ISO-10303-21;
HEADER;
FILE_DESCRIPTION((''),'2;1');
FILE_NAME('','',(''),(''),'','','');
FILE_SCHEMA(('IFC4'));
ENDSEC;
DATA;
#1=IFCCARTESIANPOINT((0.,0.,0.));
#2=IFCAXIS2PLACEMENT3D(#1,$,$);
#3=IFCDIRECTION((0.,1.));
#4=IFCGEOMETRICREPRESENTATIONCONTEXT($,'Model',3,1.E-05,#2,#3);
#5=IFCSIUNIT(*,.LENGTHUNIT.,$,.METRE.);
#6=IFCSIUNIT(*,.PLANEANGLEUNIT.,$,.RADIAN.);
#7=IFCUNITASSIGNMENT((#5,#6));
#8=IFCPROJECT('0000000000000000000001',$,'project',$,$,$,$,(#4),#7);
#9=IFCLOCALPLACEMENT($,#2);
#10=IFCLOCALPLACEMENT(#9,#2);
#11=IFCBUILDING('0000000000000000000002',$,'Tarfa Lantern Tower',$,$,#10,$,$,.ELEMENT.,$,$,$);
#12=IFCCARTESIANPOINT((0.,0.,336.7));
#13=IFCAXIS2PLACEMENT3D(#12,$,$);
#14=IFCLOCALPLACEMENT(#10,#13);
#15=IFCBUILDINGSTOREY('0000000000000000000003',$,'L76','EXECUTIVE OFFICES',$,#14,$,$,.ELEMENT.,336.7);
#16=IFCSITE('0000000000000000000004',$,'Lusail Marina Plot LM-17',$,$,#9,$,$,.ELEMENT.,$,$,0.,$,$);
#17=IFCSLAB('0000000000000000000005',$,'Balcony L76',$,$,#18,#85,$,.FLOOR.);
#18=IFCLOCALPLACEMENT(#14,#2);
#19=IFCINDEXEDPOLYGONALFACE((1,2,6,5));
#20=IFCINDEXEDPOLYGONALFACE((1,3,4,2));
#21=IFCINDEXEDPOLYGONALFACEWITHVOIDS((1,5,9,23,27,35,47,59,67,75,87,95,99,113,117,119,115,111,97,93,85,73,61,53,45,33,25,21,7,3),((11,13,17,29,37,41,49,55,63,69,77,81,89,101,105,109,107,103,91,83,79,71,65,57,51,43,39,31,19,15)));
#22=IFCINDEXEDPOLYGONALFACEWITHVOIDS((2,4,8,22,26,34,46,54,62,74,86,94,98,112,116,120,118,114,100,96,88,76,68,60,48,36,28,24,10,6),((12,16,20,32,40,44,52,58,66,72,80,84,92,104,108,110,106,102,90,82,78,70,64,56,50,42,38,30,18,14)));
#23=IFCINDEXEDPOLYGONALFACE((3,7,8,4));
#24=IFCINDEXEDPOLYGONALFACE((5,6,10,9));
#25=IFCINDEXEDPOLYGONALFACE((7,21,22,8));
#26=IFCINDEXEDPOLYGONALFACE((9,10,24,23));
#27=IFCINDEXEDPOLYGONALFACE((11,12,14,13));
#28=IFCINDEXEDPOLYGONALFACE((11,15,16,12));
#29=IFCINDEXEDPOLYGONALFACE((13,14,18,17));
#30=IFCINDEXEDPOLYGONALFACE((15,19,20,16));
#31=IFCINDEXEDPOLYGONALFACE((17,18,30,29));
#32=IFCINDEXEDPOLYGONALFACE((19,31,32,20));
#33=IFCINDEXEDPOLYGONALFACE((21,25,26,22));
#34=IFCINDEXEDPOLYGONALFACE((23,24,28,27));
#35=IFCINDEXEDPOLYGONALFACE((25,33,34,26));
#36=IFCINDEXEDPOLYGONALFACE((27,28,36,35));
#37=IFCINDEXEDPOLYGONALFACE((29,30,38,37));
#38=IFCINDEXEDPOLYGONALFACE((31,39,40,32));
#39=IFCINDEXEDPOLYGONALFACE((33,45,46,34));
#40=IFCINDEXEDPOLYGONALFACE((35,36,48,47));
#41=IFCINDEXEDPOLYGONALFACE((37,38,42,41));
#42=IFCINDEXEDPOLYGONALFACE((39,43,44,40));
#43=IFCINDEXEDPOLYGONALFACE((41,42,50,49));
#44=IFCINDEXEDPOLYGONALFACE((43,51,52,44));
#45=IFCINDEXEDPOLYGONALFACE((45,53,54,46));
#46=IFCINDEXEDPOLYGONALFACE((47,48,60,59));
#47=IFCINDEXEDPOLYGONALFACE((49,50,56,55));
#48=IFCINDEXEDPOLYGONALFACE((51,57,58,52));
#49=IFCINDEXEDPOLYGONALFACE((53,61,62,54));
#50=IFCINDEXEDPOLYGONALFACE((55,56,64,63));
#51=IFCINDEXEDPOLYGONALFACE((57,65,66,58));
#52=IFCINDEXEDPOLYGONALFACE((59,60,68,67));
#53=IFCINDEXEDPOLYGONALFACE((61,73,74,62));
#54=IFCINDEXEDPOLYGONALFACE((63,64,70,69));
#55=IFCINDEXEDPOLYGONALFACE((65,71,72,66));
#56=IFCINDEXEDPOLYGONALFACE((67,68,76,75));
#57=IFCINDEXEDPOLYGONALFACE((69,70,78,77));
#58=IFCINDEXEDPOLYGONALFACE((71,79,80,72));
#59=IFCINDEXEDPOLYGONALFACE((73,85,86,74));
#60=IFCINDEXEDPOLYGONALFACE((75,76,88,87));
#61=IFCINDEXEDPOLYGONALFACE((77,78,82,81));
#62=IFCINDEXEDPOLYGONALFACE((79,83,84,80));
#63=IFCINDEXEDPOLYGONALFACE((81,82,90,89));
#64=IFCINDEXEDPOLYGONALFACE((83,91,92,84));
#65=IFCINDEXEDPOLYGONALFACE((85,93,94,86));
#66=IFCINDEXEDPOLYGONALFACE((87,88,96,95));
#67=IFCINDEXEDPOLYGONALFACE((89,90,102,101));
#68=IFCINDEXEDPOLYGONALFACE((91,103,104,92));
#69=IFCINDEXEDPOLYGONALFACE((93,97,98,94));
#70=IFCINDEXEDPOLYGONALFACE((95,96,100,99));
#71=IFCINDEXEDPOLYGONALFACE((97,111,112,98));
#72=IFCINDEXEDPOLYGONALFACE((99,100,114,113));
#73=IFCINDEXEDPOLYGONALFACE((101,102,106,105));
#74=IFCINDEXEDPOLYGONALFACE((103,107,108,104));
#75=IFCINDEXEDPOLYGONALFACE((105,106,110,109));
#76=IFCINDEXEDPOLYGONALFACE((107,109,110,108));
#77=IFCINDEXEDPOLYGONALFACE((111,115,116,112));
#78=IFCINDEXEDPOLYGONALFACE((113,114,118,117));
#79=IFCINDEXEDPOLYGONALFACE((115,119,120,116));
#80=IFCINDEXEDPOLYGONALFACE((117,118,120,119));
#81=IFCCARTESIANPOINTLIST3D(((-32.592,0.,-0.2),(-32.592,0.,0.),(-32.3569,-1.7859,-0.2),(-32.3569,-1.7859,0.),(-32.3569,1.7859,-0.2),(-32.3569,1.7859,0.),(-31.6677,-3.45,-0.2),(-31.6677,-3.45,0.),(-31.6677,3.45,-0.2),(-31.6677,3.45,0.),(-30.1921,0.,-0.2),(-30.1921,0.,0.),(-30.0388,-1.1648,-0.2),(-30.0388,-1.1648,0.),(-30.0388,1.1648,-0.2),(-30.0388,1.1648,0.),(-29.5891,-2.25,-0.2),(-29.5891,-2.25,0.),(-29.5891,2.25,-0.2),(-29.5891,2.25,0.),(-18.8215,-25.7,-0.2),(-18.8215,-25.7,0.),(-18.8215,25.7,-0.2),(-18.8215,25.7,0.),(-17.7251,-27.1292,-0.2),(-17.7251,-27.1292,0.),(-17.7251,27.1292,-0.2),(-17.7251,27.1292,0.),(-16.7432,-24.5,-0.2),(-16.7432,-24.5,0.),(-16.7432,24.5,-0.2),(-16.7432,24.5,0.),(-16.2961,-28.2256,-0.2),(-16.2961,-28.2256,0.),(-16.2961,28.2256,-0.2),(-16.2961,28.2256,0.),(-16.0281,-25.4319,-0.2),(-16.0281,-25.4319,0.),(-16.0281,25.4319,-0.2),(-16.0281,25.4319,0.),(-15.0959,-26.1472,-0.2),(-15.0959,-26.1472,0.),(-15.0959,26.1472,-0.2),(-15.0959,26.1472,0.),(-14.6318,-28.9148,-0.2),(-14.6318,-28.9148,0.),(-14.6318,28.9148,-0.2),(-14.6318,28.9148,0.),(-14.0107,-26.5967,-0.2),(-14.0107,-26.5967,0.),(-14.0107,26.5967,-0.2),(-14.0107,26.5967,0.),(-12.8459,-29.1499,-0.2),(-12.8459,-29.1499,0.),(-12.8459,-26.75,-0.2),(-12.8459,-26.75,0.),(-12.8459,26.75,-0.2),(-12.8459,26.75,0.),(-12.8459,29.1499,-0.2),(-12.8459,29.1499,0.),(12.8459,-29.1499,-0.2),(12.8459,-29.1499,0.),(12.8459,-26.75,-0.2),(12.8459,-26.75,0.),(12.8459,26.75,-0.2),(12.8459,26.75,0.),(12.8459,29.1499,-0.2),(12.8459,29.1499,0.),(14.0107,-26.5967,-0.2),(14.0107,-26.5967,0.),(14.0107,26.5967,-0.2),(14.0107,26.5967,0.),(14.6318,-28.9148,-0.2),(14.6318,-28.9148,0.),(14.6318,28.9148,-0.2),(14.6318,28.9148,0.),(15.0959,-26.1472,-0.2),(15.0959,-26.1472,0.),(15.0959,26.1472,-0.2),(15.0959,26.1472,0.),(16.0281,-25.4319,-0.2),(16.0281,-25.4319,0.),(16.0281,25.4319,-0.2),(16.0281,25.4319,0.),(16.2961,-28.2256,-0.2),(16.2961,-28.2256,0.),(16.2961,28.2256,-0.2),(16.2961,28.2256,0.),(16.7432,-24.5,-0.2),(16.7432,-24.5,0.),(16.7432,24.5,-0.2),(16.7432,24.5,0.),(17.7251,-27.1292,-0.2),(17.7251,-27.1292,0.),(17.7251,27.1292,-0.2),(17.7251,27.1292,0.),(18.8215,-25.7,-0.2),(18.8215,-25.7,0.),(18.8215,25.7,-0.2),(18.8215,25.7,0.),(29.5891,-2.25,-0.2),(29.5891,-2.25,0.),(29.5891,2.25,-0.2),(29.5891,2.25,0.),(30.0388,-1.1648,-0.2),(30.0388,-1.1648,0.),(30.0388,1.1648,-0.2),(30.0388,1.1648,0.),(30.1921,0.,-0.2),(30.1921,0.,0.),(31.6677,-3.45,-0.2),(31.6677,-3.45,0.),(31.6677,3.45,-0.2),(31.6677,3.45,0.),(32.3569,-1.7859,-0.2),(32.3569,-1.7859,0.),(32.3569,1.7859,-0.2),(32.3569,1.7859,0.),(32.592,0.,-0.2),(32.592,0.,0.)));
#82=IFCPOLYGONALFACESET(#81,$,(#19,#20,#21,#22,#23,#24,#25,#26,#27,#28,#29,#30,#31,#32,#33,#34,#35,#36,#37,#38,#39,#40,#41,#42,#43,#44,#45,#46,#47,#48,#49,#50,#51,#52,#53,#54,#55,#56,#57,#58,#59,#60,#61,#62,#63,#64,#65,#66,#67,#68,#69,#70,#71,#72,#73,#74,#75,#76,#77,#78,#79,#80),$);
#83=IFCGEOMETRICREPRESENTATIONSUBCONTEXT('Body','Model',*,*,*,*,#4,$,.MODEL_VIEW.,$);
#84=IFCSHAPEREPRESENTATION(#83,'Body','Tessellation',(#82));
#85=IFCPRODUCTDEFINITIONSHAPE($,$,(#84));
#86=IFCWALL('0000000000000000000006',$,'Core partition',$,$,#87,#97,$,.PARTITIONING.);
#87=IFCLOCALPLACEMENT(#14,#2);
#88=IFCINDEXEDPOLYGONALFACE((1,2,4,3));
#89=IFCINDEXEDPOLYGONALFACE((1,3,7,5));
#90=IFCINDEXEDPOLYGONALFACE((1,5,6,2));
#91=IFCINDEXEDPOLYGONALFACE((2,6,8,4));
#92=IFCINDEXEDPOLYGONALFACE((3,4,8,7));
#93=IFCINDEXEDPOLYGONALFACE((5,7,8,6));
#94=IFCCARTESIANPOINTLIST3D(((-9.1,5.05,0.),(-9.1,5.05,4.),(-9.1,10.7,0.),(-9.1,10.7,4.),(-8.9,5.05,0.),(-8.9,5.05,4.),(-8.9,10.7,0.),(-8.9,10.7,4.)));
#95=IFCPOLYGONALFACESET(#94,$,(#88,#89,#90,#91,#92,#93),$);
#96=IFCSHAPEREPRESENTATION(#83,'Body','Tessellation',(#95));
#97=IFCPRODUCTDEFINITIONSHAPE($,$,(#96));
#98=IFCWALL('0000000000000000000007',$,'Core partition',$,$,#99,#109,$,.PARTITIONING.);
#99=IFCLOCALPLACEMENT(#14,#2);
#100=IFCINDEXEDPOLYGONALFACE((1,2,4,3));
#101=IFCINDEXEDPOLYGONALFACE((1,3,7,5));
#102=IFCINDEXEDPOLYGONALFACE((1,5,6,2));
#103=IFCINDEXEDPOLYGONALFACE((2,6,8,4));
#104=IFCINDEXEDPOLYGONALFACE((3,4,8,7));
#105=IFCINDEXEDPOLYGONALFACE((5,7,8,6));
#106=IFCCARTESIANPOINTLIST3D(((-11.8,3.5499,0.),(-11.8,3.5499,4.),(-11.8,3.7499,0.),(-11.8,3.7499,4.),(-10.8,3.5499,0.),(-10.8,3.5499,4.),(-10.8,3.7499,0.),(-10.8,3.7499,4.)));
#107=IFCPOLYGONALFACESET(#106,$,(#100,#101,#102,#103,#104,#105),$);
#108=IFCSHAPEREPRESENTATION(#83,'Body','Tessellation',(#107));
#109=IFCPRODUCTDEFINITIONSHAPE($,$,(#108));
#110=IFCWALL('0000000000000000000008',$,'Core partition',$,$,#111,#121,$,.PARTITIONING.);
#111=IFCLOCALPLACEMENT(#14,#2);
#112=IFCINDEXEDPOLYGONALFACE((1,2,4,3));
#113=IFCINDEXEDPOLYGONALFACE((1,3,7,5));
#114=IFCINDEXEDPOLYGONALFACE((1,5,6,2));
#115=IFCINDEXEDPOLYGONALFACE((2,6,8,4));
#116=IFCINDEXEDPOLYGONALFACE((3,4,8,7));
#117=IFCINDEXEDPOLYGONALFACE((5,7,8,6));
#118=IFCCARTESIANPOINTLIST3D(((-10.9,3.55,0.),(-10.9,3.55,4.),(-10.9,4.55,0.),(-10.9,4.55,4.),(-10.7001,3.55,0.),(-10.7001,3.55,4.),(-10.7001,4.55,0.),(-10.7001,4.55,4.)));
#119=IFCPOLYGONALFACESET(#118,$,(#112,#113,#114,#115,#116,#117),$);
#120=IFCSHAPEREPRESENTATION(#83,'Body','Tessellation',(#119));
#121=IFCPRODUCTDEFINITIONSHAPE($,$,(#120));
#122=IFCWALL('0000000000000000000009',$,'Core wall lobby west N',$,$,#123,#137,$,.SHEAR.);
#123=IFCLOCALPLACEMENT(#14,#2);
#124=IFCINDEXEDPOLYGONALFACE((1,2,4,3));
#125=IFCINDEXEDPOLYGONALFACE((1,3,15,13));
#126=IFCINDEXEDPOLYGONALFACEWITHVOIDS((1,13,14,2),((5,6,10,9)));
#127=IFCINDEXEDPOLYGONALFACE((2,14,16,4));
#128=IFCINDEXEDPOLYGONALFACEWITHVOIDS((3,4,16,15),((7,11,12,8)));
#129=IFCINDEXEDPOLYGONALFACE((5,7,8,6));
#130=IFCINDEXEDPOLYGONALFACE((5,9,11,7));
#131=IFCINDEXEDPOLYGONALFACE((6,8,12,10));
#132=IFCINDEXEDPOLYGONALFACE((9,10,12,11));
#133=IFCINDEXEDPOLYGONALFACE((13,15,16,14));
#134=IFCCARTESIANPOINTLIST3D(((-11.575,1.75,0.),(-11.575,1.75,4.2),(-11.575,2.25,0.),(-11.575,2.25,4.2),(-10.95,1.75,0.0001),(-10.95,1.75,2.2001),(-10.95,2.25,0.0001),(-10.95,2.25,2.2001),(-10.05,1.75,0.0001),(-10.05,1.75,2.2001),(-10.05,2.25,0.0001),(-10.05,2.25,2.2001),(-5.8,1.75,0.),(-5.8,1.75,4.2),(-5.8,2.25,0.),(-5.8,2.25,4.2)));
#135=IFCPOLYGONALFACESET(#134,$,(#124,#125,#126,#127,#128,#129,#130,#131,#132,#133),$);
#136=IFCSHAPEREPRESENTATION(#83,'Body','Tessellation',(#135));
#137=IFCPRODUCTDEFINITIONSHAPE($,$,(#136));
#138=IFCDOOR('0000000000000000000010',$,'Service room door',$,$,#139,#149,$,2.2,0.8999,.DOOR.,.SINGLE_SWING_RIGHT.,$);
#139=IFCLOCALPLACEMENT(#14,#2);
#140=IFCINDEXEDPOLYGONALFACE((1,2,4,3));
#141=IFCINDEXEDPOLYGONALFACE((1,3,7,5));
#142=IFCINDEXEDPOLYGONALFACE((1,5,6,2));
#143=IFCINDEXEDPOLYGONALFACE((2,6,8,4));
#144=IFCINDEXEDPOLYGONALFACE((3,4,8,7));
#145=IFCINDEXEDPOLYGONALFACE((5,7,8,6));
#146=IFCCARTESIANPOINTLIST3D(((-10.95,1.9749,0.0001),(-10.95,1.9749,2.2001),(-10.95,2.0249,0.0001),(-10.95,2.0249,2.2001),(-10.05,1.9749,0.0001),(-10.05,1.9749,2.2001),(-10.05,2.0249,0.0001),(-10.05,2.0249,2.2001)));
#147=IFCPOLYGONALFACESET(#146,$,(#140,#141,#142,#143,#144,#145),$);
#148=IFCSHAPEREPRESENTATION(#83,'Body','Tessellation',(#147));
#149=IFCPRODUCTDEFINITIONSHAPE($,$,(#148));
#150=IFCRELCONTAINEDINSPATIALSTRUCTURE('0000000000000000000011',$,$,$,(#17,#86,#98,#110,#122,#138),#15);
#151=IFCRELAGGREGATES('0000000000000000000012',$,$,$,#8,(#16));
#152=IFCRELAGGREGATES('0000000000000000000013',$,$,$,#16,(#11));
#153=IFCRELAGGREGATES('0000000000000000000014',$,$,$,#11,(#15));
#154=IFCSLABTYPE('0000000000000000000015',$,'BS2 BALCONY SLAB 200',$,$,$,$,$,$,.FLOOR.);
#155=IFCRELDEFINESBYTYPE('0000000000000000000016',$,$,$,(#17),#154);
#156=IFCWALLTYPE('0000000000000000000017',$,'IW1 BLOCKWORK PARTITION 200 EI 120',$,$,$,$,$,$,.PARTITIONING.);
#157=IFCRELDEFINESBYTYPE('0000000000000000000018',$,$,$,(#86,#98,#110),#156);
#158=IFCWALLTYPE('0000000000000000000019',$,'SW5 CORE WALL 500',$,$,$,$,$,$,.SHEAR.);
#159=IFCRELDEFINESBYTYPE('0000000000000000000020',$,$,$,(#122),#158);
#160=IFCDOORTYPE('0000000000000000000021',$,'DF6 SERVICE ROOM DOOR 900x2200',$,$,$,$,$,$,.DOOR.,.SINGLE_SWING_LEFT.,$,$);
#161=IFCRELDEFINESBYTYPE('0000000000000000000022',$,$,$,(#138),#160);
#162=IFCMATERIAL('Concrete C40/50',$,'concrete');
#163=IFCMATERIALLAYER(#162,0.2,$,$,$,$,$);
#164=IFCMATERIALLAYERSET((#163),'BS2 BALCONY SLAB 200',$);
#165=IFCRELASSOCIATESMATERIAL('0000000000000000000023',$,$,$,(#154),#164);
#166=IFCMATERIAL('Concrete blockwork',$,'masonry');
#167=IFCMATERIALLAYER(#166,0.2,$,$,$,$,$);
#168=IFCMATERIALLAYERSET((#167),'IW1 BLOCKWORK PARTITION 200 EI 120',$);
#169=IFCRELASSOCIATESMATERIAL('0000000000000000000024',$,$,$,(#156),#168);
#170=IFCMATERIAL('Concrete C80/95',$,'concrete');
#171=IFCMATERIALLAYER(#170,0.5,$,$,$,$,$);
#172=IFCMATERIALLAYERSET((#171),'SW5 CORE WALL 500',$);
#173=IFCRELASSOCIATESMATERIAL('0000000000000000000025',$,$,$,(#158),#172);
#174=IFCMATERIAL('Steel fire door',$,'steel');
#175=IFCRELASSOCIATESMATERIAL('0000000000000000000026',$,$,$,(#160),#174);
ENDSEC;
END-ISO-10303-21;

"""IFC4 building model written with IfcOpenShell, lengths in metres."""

from ifc_helpers import new_model, si_unit, direction, frame, frame_2d, origin, place, context, subcontext, project, spatial, polyline, rectangle, outline, extrude, material, layer, layer_set, type_object, element, fill, save


model = new_model("IFC4")

# Units and contexts
model_context = context("Model", 3, precision=1e-05, world=origin(), true_north=direction((0.0, 1.0)))
body_context = subcontext(model_context, "Body", "Model", "MODEL_VIEW")
ifc_project = project(units=[si_unit("LENGTHUNIT", "METRE"), si_unit("PLANEANGLEUNIT", "RADIAN")], contexts=[model_context])

# Site, building, storey
site_placement = place(None, origin())
site = spatial("IfcSite", under=ifc_project, at=site_placement, Name="Lusail Marina Plot LM-17", CompositionType="ELEMENT", RefElevation=0.0)
building_placement = place(site_placement, origin())
building = spatial("IfcBuilding", under=site, at=building_placement, Name="Tarfa Lantern Tower", CompositionType="ELEMENT")
storey_placement = place(building_placement, frame((0.0, 0.0, 336.7)))
storey = spatial("IfcBuildingStorey", under=building, at=storey_placement, Name="L76", Description="EXECUTIVE OFFICES", CompositionType="ELEMENT", Elevation=336.7)

# Slab
ifc_material_1 = material(Name="Concrete C40/50", Category="concrete")
ifc_layer_1 = layer(ifc_material_1, 0.2)
ifc_layer_set_1 = layer_set([ifc_layer_1], Name="BS2 BALCONY SLAB 200")
slab_type = type_object("IfcSlabType", Name="BS2 BALCONY SLAB 200", PredefinedType="FLOOR", material=ifc_layer_set_1)
slab_placement = place(storey_placement, frame((0.0, 0.0, -0.2)))
element("IfcSlab", 1, at=slab_placement, inside=storey, type_object=slab_type, Name="Balcony L76", PredefinedType="FLOOR", context=body_context, shape_type="SweptSolid", body=[
    extrude(outline(polyline([(31.6677, 3.45), (18.8215, 25.7), (17.7251, 27.1292), (16.2961, 28.2256), (14.6318, 28.9148), (12.8459, 29.1499), (-12.8459, 29.1499), (-14.6318, 28.9148), (-16.2961, 28.2256), (-17.7251, 27.1292), (-18.8215, 25.7), (-31.6677, 3.45), (-32.3569, 1.7859), (-32.592, 0.0), (-32.3569, -1.7859), (-31.6677, -3.45), (-18.8215, -25.7), (-17.7251, -27.1292), (-16.2961, -28.2256), (-14.6318, -28.9148), (-12.8459, -29.1499), (12.8459, -29.1499), (14.6318, -28.9148), (16.2961, -28.2256), (17.7251, -27.1292), (18.8215, -25.7), (31.6677, -3.45), (32.3569, -1.7859), (32.592, 0.0), (32.3569, 1.7859), (31.6677, 3.45)]), holes=[polyline([(29.5891, 2.25), (16.7432, 24.5), (16.0281, 25.4319), (15.0959, 26.1472), (14.0107, 26.5967), (12.8459, 26.75), (-12.8459, 26.75), (-14.0107, 26.5967), (-15.0959, 26.1472), (-16.0281, 25.4319), (-16.7432, 24.5), (-29.5891, 2.25), (-30.0388, 1.1648), (-30.1921, 0.0), (-30.0388, -1.1648), (-29.5891, -2.25), (-16.7432, -24.5), (-16.0281, -25.4319), (-15.0959, -26.1472), (-14.0107, -26.5967), (-12.8459, -26.75), (12.8459, -26.75), (14.0107, -26.5967), (15.0959, -26.1472), (16.0281, -25.4319), (16.7432, -24.5), (29.5891, -2.25), (30.0388, -1.1648), (30.1921, 0.0), (30.0388, 1.1648), (29.5891, 2.25)])]), origin(), (0.0, 0.0, 1.0), 0.2),
])

# Walls
ifc_material_2 = material(Name="Concrete blockwork", Category="masonry")
ifc_layer_2 = layer(ifc_material_2, 0.2)
ifc_layer_set_2 = layer_set([ifc_layer_2], Name="IW1 BLOCKWORK PARTITION 200 EI 120")
wall_type_1 = type_object("IfcWallType", Name="IW1 BLOCKWORK PARTITION 200 EI 120", PredefinedType="PARTITIONING", material=ifc_layer_set_2)
wall_1_placement = place(storey_placement, frame((-9.0, 5.05, 0.0), z_axis=(0.0, 0.0, 1.0), x_axis=(0.0, 1.0, 0.0)))
element("IfcWall", 2, at=wall_1_placement, inside=storey, type_object=wall_type_1, Name="Core partition", PredefinedType="PARTITIONING", context=body_context, shape_type="SweptSolid", body=[
    extrude(rectangle(XDim=5.6499, YDim=0.2, at=frame_2d((2.825, 0.0))), origin(), (0.0, 0.0, 1.0), 4.0),
])
for number, where, z_axis, x_axis, name in (
    (3, (-11.8, 3.6499, 0.0), (0.0, 0.0, 1.0), (1.0, 0.0, 0.0), "Core partition"),
    (4, (-10.8, 3.55, 0.0), (0.0, 0.0, 1.0), (0.0, 1.0, 0.0), "Core partition"),
):
    element("IfcWall", number, at=place(storey_placement, frame(where, z_axis=z_axis, x_axis=x_axis)), inside=storey, type_object=wall_type_1, Name=name, PredefinedType="PARTITIONING", context=body_context, shape_type="SweptSolid", body=[
        extrude(rectangle(XDim=1.0, YDim=0.2, at=frame_2d((0.5, 0.0))), origin(), (0.0, 0.0, 1.0), 4.0),
    ])

# Wall, opening, door
ifc_material_3 = material(Name="Concrete C80/95", Category="concrete")
ifc_layer_3 = layer(ifc_material_3, 0.5)
ifc_layer_set_3 = layer_set([ifc_layer_3], Name="SW5 CORE WALL 500")
wall_type_2 = type_object("IfcWallType", Name="SW5 CORE WALL 500", PredefinedType="SHEAR", material=ifc_layer_set_3)
wall_2_placement = place(storey_placement, frame((-11.575, 2.0, 0.0), z_axis=(0.0, 0.0, 1.0), x_axis=(1.0, 0.0, 0.0)))
wall_2 = element("IfcWall", 5, at=wall_2_placement, inside=storey, type_object=wall_type_2, Name="Core wall lobby west N", PredefinedType="SHEAR", context=body_context, shape_type="SweptSolid", body=[
    extrude(rectangle(XDim=5.7749, YDim=0.5, at=frame_2d((2.8875, 0.0))), origin(), (0.0, 0.0, 1.0), 4.2),
])
opening_1_placement = place(wall_2_placement, frame((0.625, 0.0, 0.0)))
opening_1 = element("IfcOpeningElement", 6, at=opening_1_placement, cuts=wall_2, PredefinedType="OPENING", context=body_context, shape_type="SweptSolid", body=[
    extrude(rectangle(XDim=0.8999, YDim=2.2, at=frame_2d((0.45, 1.1001))), frame((0.0, 0.26, 0.0), z_axis=(0.0, -1.0, 0.0), x_axis=(1.0, 0.0, 0.0)), (0.0, 0.0, 1.0), 0.52),
])
ifc_material_4 = material(Name="Steel fire door", Category="steel")
door_type_1 = type_object("IfcDoorType", Name="DF6 SERVICE ROOM DOOR 900x2200", OperationType="SINGLE_SWING_LEFT", PredefinedType="DOOR", material=ifc_material_4)
door_1_placement = place(opening_1_placement, origin())
door_1 = element("IfcDoor", 7, at=door_1_placement, inside=storey, type_object=door_type_1, Name="Service room door", OperationType="SINGLE_SWING_RIGHT", OverallHeight=2.2, OverallWidth=0.8999, PredefinedType="DOOR", context=body_context, shape_type="SweptSolid", body=[
    extrude(rectangle(XDim=0.8999, YDim=2.2, at=frame_2d((0.45, 1.1001))), frame((0.0, 0.0249, 0.0), z_axis=(0.0, -1.0, 0.0), x_axis=(1.0, 0.0, 0.0)), (0.0, 0.0, 1.0), 0.05),
])
fill(opening_1, door_1)

save(model, "model.ifc")
